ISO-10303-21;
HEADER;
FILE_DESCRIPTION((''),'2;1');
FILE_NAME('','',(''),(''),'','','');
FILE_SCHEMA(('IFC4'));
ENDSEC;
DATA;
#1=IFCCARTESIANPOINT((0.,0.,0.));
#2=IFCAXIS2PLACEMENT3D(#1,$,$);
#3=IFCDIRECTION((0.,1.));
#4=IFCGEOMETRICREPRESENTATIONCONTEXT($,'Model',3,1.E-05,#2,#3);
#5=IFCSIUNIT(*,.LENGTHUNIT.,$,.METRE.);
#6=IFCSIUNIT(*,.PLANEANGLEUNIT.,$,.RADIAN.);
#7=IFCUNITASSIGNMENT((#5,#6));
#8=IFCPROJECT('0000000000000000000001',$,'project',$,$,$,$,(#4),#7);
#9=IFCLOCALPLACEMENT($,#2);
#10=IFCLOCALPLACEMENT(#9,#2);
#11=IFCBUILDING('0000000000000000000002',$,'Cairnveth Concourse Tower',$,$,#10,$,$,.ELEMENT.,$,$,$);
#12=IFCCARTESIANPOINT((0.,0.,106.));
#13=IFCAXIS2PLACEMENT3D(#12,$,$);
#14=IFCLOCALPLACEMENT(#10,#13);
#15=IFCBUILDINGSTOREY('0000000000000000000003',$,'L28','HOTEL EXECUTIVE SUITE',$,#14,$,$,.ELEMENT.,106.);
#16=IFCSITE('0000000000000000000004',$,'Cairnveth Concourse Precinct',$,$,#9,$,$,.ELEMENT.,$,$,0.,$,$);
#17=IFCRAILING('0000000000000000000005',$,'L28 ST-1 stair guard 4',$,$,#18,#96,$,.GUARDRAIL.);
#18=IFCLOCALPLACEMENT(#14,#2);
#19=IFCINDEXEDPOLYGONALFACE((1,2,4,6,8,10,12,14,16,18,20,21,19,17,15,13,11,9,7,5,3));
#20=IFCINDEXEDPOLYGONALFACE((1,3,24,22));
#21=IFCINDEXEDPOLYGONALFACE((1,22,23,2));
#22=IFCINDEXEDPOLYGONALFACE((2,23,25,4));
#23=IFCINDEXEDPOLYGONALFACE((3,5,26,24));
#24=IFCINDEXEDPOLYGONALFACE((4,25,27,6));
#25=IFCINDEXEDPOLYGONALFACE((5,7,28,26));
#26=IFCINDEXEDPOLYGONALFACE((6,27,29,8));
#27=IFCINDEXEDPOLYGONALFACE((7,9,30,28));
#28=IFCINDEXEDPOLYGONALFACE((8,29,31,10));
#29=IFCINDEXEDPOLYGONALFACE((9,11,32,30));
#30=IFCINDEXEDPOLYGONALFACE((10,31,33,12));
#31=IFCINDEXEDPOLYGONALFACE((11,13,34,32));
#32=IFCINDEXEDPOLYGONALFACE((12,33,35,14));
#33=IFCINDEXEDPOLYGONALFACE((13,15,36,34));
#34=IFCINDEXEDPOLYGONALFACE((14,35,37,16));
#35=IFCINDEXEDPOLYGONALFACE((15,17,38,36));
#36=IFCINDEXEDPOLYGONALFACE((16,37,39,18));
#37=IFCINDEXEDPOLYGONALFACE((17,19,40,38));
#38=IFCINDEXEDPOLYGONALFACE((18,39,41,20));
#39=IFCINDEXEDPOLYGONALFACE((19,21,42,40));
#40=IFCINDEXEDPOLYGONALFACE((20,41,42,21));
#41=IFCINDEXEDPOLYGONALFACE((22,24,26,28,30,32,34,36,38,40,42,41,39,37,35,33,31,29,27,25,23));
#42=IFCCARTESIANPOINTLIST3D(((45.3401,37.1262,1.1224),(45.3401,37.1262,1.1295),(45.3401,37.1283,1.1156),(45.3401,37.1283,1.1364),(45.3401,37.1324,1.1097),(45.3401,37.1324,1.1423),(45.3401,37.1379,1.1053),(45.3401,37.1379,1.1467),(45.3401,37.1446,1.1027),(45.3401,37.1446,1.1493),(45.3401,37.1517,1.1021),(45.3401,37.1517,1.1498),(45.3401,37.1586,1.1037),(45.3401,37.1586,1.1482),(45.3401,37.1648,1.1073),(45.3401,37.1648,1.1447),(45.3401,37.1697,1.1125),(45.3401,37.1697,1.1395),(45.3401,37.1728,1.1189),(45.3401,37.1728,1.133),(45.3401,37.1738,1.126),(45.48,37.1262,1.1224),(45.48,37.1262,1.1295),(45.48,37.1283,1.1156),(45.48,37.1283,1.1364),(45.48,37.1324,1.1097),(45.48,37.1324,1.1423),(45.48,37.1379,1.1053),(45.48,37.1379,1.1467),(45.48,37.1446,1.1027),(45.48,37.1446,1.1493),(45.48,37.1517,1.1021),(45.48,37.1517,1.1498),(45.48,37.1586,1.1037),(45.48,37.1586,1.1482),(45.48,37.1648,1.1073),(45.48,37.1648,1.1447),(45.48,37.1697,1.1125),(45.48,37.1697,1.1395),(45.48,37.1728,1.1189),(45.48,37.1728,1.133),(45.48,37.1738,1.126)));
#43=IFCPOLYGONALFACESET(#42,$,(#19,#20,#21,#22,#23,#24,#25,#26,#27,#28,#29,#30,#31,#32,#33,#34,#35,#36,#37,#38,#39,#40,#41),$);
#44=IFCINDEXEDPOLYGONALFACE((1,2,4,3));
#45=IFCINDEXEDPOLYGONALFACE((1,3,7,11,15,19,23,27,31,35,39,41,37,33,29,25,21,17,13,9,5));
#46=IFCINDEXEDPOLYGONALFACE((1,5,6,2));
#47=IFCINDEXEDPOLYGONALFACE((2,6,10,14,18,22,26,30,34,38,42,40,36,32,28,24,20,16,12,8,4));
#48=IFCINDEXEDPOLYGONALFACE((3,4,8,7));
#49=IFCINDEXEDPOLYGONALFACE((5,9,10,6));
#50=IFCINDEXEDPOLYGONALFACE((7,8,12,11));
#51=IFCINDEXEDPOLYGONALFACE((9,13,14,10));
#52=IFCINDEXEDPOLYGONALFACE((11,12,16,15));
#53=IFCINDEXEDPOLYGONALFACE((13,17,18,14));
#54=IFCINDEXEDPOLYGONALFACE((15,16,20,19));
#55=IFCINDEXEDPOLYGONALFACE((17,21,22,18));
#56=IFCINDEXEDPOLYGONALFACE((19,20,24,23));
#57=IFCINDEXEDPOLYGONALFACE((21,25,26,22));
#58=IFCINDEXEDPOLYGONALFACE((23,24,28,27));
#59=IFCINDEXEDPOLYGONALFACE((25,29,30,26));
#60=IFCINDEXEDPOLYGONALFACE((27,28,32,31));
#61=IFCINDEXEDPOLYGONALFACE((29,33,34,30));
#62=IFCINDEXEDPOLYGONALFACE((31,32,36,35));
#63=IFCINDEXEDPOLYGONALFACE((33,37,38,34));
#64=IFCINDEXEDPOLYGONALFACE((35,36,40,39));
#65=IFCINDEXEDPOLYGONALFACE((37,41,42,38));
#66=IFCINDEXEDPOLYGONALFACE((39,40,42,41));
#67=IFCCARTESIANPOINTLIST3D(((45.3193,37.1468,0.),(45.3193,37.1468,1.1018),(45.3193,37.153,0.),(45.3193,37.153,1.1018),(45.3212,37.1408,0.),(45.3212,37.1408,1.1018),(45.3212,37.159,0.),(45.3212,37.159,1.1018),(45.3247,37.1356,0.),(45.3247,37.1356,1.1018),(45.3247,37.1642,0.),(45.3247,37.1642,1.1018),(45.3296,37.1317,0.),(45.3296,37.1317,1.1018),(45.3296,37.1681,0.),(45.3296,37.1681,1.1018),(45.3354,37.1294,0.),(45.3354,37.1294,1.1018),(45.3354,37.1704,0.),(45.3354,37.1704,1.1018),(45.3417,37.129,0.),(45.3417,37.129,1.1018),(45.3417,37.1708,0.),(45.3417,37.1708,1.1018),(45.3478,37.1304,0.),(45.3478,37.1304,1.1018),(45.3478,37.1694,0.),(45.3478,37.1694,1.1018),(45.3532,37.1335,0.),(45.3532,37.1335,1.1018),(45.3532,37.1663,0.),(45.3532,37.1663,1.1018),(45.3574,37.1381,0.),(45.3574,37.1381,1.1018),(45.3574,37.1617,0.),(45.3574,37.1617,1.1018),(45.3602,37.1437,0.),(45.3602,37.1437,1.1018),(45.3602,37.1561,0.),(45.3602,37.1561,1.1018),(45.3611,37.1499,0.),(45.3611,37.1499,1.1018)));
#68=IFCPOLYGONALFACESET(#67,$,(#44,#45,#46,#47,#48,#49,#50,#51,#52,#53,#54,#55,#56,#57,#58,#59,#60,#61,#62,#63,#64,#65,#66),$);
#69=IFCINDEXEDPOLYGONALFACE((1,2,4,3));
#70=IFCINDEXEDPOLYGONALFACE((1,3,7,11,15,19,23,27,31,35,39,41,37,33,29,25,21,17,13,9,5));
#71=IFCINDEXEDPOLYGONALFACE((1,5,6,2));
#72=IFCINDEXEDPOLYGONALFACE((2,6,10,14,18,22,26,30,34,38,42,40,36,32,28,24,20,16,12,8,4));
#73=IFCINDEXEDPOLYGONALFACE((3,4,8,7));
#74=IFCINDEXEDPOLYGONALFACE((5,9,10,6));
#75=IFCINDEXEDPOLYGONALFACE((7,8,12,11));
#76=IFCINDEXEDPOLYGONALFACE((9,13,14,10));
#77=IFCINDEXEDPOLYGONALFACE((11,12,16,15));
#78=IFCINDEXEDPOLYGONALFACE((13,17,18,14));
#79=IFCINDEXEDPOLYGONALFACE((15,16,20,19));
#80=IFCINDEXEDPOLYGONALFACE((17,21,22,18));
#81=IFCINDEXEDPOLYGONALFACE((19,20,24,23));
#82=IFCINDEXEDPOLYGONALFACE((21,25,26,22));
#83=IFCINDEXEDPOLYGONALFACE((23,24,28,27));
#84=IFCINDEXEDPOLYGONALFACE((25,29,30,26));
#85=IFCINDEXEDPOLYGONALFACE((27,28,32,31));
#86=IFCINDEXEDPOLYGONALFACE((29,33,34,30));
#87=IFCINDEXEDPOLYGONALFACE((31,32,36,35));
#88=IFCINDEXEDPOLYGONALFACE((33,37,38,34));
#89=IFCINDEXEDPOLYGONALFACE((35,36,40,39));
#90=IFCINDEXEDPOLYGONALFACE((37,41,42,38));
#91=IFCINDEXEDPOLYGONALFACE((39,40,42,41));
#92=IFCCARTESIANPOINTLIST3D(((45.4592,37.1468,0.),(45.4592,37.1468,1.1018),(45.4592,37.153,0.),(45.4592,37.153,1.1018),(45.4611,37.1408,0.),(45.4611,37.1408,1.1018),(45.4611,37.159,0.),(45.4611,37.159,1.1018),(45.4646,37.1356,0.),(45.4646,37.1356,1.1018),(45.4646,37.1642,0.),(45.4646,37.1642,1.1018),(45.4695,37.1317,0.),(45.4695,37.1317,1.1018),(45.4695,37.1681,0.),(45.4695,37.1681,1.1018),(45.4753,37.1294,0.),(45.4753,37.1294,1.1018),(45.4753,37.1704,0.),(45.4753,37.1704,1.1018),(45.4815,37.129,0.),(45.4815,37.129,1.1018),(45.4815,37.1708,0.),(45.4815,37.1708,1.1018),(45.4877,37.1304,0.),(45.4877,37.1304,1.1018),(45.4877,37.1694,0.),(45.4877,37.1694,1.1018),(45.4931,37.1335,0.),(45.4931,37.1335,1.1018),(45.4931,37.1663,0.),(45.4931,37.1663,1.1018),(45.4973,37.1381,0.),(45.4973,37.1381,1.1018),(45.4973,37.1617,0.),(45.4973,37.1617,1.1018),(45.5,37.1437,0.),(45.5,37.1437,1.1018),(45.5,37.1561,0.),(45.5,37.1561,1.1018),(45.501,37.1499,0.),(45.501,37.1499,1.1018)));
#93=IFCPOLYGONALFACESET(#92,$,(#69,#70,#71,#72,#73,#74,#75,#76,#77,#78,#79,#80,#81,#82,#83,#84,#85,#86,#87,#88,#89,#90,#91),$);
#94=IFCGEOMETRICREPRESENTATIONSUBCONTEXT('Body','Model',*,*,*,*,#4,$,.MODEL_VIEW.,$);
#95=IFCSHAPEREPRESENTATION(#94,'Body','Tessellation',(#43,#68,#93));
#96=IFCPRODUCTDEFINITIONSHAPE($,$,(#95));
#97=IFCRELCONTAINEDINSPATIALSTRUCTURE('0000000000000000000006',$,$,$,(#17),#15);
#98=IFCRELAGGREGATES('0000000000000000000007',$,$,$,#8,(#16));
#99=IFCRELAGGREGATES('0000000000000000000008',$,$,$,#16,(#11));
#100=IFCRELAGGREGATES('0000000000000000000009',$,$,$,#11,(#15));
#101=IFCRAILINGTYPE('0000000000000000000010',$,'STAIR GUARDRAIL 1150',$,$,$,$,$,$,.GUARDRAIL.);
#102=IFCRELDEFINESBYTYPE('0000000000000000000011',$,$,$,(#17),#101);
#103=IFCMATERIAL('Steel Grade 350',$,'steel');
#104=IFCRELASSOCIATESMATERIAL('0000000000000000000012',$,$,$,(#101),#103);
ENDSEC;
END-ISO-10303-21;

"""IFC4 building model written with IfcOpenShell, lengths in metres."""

from ifc_helpers import new_model, si_unit, direction, frame, origin, origin_2d, place, context, subcontext, project, spatial, circle, extrude, material, type_object, element, save


model = new_model("IFC4")

# Units and contexts
model_context = context("Model", 3, precision=1e-05, world=origin(), true_north=direction((0.0, 1.0)))
body_context = subcontext(model_context, "Body", "Model", "MODEL_VIEW")
ifc_project = project(units=[si_unit("LENGTHUNIT", "METRE"), si_unit("PLANEANGLEUNIT", "RADIAN")], contexts=[model_context])

# Site, building, storey
site_placement = place(None, origin())
site = spatial("IfcSite", under=ifc_project, at=site_placement, Name="Cairnveth Concourse Precinct", CompositionType="ELEMENT", RefElevation=0.0)
building_placement = place(site_placement, origin())
building = spatial("IfcBuilding", under=site, at=building_placement, Name="Cairnveth Concourse Tower", CompositionType="ELEMENT")
storey_placement = place(building_placement, frame((0.0, 0.0, 106.0)))
storey = spatial("IfcBuildingStorey", under=building, at=storey_placement, Name="L28", Description="HOTEL EXECUTIVE SUITE", CompositionType="ELEMENT", Elevation=106.0)

# Shared definitions
ifc_material_1 = material(Name="Steel Grade 350", Category="steel")

# Railing
railing_type = type_object("IfcRailingType", Name="STAIR GUARDRAIL 1150", PredefinedType="GUARDRAIL", material=ifc_material_1)
railing_1_placement = place(storey_placement, frame((45.3401, 37.1499, 0.0)))
element("IfcRailing", 1, at=railing_1_placement, inside=storey, type_object=railing_type, Name="L28 ST-1 stair guard 4", PredefinedType="GUARDRAIL", context=body_context, shape_type="SweptSolid", body=[
    extrude(circle(Radius=0.0239, at=origin_2d()), frame((0.0, 0.0, 1.126), z_axis=(1.0, 0.0, 0.0), x_axis=(0.0, 1.0, 0.0)), (0.0, 0.0, 1.0), 0.1399),
    extrude(circle(Radius=0.021, at=origin_2d()), origin(), (0.0, 0.0, 1.0), 1.1018),
    extrude(circle(Radius=0.021, at=origin_2d()), frame((0.1399, 0.0, 0.0)), (0.0, 0.0, 1.0), 1.1018),
])

save(model, "model.ifc")
